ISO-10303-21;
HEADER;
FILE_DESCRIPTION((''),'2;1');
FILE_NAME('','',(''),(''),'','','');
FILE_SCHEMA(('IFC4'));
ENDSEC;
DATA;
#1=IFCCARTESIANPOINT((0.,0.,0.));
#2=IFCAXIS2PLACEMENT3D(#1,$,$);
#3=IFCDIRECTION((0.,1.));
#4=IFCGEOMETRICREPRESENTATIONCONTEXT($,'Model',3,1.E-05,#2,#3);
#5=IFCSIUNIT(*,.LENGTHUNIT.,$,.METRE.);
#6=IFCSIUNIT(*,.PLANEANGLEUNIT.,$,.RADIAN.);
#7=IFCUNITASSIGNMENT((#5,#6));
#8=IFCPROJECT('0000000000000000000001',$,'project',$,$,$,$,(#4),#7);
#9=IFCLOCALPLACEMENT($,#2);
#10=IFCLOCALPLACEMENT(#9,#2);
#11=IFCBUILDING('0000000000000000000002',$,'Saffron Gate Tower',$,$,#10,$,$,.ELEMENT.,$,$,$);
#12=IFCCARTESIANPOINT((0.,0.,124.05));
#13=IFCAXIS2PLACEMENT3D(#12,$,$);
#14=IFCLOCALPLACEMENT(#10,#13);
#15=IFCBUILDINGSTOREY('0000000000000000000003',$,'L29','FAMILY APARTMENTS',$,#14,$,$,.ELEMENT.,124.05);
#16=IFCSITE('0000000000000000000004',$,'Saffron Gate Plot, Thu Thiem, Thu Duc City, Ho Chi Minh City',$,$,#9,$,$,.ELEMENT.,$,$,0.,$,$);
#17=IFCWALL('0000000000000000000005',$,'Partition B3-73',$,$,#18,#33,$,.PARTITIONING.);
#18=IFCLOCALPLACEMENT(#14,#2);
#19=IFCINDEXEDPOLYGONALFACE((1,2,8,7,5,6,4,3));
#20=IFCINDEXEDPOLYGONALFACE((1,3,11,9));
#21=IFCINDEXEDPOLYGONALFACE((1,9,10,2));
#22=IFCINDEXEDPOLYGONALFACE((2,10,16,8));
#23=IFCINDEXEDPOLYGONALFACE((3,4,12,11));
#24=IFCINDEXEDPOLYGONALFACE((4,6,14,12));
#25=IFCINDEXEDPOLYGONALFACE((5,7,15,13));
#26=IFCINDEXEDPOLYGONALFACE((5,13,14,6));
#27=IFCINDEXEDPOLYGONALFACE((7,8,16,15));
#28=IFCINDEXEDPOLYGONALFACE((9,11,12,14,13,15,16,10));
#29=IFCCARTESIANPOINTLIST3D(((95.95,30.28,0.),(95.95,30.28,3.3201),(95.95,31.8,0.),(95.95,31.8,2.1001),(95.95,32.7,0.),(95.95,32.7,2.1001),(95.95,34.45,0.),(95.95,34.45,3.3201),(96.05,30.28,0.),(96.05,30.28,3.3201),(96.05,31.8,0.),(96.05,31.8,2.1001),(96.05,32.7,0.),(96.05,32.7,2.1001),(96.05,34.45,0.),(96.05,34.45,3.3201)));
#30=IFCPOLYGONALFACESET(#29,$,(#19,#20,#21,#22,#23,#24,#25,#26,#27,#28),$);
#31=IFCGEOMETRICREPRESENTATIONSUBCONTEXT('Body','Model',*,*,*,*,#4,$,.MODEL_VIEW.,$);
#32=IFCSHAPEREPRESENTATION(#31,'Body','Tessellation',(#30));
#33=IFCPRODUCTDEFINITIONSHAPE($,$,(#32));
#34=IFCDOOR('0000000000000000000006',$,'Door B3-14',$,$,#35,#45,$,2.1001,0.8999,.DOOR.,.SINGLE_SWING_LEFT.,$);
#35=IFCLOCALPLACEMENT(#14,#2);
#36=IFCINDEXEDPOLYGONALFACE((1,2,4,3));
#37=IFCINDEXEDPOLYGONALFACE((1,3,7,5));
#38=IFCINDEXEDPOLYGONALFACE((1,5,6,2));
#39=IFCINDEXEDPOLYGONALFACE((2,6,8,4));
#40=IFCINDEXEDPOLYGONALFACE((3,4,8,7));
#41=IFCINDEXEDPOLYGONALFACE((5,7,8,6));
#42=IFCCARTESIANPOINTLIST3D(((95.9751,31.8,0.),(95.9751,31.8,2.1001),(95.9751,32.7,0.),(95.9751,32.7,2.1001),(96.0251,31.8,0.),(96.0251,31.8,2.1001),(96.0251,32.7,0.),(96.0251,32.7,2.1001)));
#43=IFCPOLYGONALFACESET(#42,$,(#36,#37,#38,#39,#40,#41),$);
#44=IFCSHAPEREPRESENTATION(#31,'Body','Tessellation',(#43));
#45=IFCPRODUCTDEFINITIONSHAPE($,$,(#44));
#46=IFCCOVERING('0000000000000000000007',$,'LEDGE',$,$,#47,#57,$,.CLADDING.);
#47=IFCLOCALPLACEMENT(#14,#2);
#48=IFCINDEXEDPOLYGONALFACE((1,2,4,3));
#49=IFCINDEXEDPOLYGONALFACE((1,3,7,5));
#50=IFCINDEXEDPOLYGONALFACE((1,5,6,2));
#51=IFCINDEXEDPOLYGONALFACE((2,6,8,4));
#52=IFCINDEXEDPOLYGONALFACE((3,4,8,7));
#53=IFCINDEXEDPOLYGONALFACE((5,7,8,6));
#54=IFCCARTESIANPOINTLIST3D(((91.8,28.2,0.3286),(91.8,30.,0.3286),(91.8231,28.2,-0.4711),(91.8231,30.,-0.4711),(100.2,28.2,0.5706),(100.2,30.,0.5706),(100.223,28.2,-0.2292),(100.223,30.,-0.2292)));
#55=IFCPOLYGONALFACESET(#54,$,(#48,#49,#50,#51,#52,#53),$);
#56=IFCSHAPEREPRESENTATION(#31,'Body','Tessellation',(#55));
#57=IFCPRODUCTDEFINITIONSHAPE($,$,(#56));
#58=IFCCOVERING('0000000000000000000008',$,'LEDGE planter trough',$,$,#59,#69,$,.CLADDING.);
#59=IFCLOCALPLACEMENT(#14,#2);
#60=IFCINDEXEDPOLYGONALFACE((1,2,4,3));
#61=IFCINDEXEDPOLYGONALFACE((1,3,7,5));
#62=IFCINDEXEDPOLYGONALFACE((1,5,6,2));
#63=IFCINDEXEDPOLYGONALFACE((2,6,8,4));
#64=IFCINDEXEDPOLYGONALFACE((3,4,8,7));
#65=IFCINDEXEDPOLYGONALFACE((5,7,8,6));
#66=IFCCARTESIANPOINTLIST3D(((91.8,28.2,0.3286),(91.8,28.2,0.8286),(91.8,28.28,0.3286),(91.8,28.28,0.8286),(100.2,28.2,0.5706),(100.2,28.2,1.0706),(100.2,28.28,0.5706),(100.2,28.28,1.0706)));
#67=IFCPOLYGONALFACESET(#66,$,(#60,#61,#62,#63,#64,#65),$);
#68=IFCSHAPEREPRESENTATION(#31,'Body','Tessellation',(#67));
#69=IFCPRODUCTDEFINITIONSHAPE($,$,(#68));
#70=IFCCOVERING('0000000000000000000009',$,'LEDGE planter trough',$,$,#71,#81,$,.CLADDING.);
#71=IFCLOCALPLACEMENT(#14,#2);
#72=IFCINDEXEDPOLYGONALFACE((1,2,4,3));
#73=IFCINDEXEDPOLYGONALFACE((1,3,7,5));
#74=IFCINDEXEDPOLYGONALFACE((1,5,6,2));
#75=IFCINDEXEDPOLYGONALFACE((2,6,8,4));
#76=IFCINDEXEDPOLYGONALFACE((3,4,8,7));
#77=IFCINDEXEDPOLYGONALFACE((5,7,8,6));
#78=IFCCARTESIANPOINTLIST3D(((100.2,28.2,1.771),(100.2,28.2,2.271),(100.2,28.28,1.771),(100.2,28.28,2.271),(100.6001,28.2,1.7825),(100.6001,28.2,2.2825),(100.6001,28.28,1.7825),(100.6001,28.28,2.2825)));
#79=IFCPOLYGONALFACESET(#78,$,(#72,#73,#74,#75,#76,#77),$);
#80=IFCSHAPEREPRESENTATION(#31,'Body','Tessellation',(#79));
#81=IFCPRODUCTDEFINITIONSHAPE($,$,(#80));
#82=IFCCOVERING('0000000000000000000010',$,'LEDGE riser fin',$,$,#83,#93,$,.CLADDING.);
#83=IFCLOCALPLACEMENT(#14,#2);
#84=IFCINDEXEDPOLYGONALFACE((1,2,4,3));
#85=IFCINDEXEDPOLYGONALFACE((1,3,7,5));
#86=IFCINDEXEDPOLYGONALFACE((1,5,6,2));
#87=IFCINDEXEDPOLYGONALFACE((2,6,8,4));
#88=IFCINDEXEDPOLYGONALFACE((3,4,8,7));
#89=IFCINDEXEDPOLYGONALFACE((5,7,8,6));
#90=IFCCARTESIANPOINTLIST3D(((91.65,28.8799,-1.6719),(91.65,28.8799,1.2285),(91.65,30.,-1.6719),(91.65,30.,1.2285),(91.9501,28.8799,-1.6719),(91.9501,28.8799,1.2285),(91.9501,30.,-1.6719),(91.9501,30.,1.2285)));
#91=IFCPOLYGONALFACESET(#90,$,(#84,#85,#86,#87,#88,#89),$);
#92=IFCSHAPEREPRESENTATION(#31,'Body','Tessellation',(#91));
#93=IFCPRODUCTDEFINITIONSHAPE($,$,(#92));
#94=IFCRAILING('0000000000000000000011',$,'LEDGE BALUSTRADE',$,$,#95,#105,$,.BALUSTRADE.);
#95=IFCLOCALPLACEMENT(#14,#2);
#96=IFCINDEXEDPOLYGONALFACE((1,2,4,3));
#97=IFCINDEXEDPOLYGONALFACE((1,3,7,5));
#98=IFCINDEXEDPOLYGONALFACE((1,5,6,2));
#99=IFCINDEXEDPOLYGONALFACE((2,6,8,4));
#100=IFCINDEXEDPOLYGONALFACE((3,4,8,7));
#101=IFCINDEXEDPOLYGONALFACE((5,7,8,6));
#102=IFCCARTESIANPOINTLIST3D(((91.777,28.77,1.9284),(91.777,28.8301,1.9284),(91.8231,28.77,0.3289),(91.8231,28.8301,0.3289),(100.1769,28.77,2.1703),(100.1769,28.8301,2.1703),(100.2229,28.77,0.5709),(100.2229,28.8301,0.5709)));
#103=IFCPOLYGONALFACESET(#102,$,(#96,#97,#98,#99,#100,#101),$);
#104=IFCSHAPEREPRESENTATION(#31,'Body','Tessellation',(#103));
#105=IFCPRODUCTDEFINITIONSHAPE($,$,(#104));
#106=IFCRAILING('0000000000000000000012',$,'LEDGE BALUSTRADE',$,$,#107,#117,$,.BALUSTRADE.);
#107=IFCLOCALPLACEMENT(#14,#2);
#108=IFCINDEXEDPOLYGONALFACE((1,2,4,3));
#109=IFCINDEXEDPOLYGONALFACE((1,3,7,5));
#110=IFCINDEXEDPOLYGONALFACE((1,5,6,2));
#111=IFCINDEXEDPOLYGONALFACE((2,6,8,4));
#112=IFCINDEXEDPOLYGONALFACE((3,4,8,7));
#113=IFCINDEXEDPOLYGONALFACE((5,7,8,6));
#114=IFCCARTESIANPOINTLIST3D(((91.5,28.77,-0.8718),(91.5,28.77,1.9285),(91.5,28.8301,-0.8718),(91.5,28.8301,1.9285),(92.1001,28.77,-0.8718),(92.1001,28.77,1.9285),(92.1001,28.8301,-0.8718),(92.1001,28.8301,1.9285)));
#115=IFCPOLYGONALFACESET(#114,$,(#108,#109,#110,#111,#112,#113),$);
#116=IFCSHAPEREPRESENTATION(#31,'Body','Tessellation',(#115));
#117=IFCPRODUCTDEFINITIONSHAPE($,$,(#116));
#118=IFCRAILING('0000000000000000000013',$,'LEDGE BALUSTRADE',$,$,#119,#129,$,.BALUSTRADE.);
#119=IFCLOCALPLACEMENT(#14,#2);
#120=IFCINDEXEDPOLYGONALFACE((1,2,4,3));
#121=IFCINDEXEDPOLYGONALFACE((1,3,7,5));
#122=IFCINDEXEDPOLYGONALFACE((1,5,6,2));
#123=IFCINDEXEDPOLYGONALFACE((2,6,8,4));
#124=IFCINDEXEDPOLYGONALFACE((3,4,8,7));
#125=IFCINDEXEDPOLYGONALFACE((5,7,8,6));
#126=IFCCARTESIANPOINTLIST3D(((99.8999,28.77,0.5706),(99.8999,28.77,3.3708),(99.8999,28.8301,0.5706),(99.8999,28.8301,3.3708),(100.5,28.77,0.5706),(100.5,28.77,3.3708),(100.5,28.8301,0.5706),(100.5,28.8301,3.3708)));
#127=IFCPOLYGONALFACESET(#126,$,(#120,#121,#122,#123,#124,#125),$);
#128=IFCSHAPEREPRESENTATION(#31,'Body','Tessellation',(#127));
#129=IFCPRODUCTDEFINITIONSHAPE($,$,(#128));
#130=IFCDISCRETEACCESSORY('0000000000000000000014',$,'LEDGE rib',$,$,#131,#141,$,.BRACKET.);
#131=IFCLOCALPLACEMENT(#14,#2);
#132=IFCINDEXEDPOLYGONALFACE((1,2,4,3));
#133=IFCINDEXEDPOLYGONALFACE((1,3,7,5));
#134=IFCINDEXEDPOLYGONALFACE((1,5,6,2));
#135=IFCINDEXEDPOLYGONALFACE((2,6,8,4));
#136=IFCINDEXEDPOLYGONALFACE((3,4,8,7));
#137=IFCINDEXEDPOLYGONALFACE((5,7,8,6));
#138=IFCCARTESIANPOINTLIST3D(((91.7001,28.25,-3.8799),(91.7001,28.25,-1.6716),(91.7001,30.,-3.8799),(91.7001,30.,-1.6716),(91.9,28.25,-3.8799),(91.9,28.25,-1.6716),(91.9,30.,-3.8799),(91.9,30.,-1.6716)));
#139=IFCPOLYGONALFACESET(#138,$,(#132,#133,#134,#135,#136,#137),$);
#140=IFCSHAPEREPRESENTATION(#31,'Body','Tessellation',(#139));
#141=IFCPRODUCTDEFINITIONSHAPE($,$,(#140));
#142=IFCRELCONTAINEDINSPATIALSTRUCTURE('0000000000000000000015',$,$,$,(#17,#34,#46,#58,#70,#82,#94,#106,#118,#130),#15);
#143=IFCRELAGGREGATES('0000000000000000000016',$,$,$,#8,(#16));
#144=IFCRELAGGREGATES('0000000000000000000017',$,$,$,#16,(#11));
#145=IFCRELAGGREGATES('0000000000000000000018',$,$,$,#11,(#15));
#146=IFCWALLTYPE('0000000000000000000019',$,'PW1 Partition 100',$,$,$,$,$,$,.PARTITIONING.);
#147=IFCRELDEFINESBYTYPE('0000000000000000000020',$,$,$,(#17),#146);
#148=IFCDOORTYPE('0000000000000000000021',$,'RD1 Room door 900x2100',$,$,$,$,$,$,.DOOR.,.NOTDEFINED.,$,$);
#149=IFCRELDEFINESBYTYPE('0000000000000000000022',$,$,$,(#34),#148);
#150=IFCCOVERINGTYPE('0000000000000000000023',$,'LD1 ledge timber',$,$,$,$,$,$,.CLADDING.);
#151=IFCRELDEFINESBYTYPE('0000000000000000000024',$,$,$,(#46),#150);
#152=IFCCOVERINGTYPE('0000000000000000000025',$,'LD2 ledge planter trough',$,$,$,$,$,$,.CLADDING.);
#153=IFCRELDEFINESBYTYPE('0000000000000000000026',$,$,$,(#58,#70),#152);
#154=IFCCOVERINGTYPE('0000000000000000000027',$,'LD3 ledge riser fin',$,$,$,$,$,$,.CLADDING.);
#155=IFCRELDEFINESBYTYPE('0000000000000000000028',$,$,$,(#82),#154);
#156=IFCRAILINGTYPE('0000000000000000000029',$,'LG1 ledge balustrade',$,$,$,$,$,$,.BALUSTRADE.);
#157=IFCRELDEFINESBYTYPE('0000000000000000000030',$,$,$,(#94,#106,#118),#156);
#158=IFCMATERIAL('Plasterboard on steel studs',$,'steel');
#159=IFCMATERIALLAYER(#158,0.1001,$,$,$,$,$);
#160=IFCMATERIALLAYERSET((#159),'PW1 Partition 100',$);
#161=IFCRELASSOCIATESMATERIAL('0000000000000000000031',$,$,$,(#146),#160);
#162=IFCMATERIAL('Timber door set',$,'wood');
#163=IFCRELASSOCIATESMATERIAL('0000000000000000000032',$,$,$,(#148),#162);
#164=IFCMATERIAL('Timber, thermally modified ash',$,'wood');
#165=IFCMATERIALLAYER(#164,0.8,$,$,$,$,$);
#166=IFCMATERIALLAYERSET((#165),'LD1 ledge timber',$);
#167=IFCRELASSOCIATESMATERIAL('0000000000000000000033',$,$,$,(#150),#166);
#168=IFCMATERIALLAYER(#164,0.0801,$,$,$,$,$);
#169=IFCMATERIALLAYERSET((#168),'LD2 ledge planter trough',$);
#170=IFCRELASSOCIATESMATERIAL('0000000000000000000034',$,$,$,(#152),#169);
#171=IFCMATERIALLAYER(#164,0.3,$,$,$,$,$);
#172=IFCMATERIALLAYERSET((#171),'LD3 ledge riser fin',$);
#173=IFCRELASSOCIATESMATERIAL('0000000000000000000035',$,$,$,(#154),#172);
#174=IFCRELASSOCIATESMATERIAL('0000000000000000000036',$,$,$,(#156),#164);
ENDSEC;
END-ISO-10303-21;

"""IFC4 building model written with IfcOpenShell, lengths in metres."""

from ifc_helpers import new_model, si_unit, direction, frame, frame_2d, origin, origin_2d, place, context, subcontext, project, spatial, polyline, rectangle, outline, extrude, material, layer, layer_set, type_object, element, fill, save


model = new_model("IFC4")

# Units and contexts
model_context = context("Model", 3, precision=1e-05, world=origin(), true_north=direction((0.0, 1.0)))
body_context = subcontext(model_context, "Body", "Model", "MODEL_VIEW")
ifc_project = project(units=[si_unit("LENGTHUNIT", "METRE"), si_unit("PLANEANGLEUNIT", "RADIAN")], contexts=[model_context])

# Site, building, storey
site_placement = place(None, origin())
site = spatial("IfcSite", under=ifc_project, at=site_placement, Name="Saffron Gate Plot, Thu Thiem, Thu Duc City, Ho Chi Minh City", CompositionType="ELEMENT", RefElevation=0.0)
building_placement = place(site_placement, origin())
building = spatial("IfcBuilding", under=site, at=building_placement, Name="Saffron Gate Tower", CompositionType="ELEMENT")
storey_placement = place(building_placement, frame((0.0, 0.0, 124.05)))
storey = spatial("IfcBuildingStorey", under=building, at=storey_placement, Name="L29", Description="FAMILY APARTMENTS", CompositionType="ELEMENT", Elevation=124.05)

# Wall, opening, door
ifc_material_1 = material(Name="Plasterboard on steel studs", Category="steel")
ifc_layer_1 = layer(ifc_material_1, 0.1001)
ifc_layer_set_1 = layer_set([ifc_layer_1], Name="PW1 Partition 100")
wall_type = type_object("IfcWallType", Name="PW1 Partition 100", PredefinedType="PARTITIONING", material=ifc_layer_set_1)
wall_placement = place(storey_placement, frame((96.0, 30.28, 0.0), z_axis=(0.0, 0.0, 1.0), x_axis=(0.0, 1.0, 0.0)))
wall = element("IfcWall", 1, at=wall_placement, inside=storey, type_object=wall_type, Name="Partition B3-73", PredefinedType="PARTITIONING", context=body_context, shape_type="SweptSolid", body=[
    extrude(rectangle(XDim=4.1699, YDim=0.1001, at=frame_2d((2.085, 0.0))), origin(), (0.0, 0.0, 1.0), 3.3201),
])
opening_1_placement = place(wall_placement, frame((1.52, 0.0, 0.0)))
opening_1 = element("IfcOpeningElement", 2, at=opening_1_placement, cuts=wall, PredefinedType="OPENING", context=body_context, shape_type="SweptSolid", body=[
    extrude(rectangle(XDim=0.8999, YDim=2.1001, at=frame_2d((0.45, 1.05))), frame((0.0, 0.0601, 0.0), z_axis=(0.0, -1.0, 0.0), x_axis=(1.0, 0.0, 0.0)), (0.0, 0.0, 1.0), 0.1201),
])
ifc_material_2 = material(Name="Timber door set", Category="wood")
door_type = type_object("IfcDoorType", Name="RD1 Room door 900x2100", OperationType="NOTDEFINED", PredefinedType="DOOR", material=ifc_material_2)
door_placement = place(opening_1_placement, origin())
door = element("IfcDoor", 3, at=door_placement, inside=storey, type_object=door_type, Name="Door B3-14", OperationType="SINGLE_SWING_LEFT", OverallHeight=2.1001, OverallWidth=0.8999, PredefinedType="DOOR", context=body_context, shape_type="SweptSolid", body=[
    extrude(rectangle(XDim=0.8999, YDim=2.1001, at=frame_2d((0.45, 1.05))), frame((0.0, 0.0249, 0.0), z_axis=(0.0, -1.0, 0.0), x_axis=(1.0, 0.0, 0.0)), (0.0, 0.0, 1.0), 0.05),
])
fill(opening_1, door)

# Coverings
ifc_material_3 = material(Name="Timber, thermally modified ash", Category="wood")
ifc_layer_2 = layer(ifc_material_3, 0.8)
ifc_layer_set_2 = layer_set([ifc_layer_2], Name="LD1 ledge timber")
covering_type_1 = type_object("IfcCoveringType", Name="LD1 ledge timber", PredefinedType="CLADDING", material=ifc_layer_set_2)
covering_1_placement = place(storey_placement, frame((91.8, 30.0, 0.3286), z_axis=(-0.028791, 0.0, 0.999585), x_axis=(0.999585, 0.0, 0.028791)))
element("IfcCovering", 4, at=covering_1_placement, inside=storey, type_object=covering_type_1, Name="LEDGE", PredefinedType="CLADDING", context=body_context, shape_type="SweptSolid", body=[
    extrude(outline(polyline([(0.0, 0.0), (8.4034, 0.0), (8.4034, -1.8), (0.0, -1.8), (0.0, 0.0)])), origin(), (0.0, 0.0, -1.0), 0.8),
])
ifc_layer_3 = layer(ifc_material_3, 0.0801)
ifc_layer_set_3 = layer_set([ifc_layer_3], Name="LD2 ledge planter trough")
covering_type_2 = type_object("IfcCoveringType", Name="LD2 ledge planter trough", PredefinedType="CLADDING", material=ifc_layer_set_3)
covering_2_placement = place(storey_placement, frame((91.8, 28.2, 0.3286), z_axis=(0.0, -1.0, 0.0), x_axis=(0.999585, 0.0, 0.028791)))
element("IfcCovering", 5, at=covering_2_placement, inside=storey, type_object=covering_type_2, Name="LEDGE planter trough", PredefinedType="CLADDING", context=body_context, shape_type="SweptSolid", body=[
    extrude(outline(polyline([(0.0, 0.0), (8.4034, 0.0), (8.4178, 0.4998), (0.0144, 0.4998), (0.0, 0.0)])), origin(), (0.0, 0.0, -1.0), 0.0801),
])
covering_3_placement = place(storey_placement, frame((100.2, 28.2, 1.771), z_axis=(0.0, -1.0, 0.0), x_axis=(0.999589, 0.0, 0.028664)))
element("IfcCovering", 6, at=covering_3_placement, inside=storey, type_object=covering_type_2, Name="LEDGE planter trough", PredefinedType="CLADDING", context=body_context, shape_type="SweptSolid", body=[
    extrude(outline(polyline([(0.0, 0.0), (0.4003, 0.0), (0.4146, 0.4998), (0.0143, 0.4998), (0.0, 0.0)])), origin(), (0.0, 0.0, -1.0), 0.0801),
])
ifc_layer_4 = layer(ifc_material_3, 0.3)
ifc_layer_set_4 = layer_set([ifc_layer_4], Name="LD3 ledge riser fin")
covering_type_3 = type_object("IfcCoveringType", Name="LD3 ledge riser fin", PredefinedType="CLADDING", material=ifc_layer_set_4)
covering_4_placement = place(storey_placement, frame((91.8, 29.4399, -1.6719), z_axis=(0.0, 0.0, 1.0), x_axis=(1.0, 0.0, 0.0)))
element("IfcCovering", 7, at=covering_4_placement, inside=storey, type_object=covering_type_3, Name="LEDGE riser fin", PredefinedType="CLADDING", context=body_context, shape_type="SweptSolid", body=[
    extrude(rectangle(XDim=0.3, YDim=1.1201, at=origin_2d()), origin(), (0.0, 0.0, 1.0), 2.9004),
])

# Railings
railing_type = type_object("IfcRailingType", Name="LG1 ledge balustrade", PredefinedType="BALUSTRADE", material=ifc_material_3)
railing_placement = place(storey_placement, frame((91.8, 28.8, 0.3286)))
element("IfcRailing", 8, at=railing_placement, inside=storey, type_object=railing_type, Name="LEDGE BALUSTRADE", PredefinedType="BALUSTRADE", context=body_context, shape_type="SweptSolid", body=[
    extrude(rectangle(XDim=0.0601, YDim=1.6001, at=origin_2d()), frame((0.0, 0.0, 0.8), z_axis=(0.999585, 0.0, 0.028791), x_axis=(0.0, 1.0, 0.0)), (0.0, 0.0, 1.0), 8.4033),
])
for number, where, name in (
    (9, (91.5, 28.8, -0.8718), "LEDGE BALUSTRADE"),
    (10, (99.8999, 28.8, 0.5706), "LEDGE BALUSTRADE"),
):
    element("IfcRailing", number, at=place(storey_placement, frame(where)), inside=storey, type_object=railing_type, Name=name, PredefinedType="BALUSTRADE", context=body_context, shape_type="SweptSolid", body=[
        extrude(rectangle(XDim=0.0601, YDim=2.8003, at=origin_2d()), frame((0.0, 0.0, 1.4001), z_axis=(1.0, 0.0, 0.0), x_axis=(0.0, 1.0, 0.0)), (0.0, 0.0, 1.0), 0.6001),
    ])

# Discrete accessory
discrete_accessory_placement = place(storey_placement, frame((91.8, 29.125, -3.8799), z_axis=(0.0, 0.0, 1.0), x_axis=(1.0, 0.0, 0.0)))
element("IfcDiscreteAccessory", 11, at=discrete_accessory_placement, inside=storey, Name="LEDGE rib", PredefinedType="BRACKET", context=body_context, shape_type="SweptSolid", body=[
    extrude(rectangle(XDim=0.2, YDim=1.75, at=origin_2d()), origin(), (0.0, 0.0, 1.0), 2.2083),
])

save(model, "model.ifc")
